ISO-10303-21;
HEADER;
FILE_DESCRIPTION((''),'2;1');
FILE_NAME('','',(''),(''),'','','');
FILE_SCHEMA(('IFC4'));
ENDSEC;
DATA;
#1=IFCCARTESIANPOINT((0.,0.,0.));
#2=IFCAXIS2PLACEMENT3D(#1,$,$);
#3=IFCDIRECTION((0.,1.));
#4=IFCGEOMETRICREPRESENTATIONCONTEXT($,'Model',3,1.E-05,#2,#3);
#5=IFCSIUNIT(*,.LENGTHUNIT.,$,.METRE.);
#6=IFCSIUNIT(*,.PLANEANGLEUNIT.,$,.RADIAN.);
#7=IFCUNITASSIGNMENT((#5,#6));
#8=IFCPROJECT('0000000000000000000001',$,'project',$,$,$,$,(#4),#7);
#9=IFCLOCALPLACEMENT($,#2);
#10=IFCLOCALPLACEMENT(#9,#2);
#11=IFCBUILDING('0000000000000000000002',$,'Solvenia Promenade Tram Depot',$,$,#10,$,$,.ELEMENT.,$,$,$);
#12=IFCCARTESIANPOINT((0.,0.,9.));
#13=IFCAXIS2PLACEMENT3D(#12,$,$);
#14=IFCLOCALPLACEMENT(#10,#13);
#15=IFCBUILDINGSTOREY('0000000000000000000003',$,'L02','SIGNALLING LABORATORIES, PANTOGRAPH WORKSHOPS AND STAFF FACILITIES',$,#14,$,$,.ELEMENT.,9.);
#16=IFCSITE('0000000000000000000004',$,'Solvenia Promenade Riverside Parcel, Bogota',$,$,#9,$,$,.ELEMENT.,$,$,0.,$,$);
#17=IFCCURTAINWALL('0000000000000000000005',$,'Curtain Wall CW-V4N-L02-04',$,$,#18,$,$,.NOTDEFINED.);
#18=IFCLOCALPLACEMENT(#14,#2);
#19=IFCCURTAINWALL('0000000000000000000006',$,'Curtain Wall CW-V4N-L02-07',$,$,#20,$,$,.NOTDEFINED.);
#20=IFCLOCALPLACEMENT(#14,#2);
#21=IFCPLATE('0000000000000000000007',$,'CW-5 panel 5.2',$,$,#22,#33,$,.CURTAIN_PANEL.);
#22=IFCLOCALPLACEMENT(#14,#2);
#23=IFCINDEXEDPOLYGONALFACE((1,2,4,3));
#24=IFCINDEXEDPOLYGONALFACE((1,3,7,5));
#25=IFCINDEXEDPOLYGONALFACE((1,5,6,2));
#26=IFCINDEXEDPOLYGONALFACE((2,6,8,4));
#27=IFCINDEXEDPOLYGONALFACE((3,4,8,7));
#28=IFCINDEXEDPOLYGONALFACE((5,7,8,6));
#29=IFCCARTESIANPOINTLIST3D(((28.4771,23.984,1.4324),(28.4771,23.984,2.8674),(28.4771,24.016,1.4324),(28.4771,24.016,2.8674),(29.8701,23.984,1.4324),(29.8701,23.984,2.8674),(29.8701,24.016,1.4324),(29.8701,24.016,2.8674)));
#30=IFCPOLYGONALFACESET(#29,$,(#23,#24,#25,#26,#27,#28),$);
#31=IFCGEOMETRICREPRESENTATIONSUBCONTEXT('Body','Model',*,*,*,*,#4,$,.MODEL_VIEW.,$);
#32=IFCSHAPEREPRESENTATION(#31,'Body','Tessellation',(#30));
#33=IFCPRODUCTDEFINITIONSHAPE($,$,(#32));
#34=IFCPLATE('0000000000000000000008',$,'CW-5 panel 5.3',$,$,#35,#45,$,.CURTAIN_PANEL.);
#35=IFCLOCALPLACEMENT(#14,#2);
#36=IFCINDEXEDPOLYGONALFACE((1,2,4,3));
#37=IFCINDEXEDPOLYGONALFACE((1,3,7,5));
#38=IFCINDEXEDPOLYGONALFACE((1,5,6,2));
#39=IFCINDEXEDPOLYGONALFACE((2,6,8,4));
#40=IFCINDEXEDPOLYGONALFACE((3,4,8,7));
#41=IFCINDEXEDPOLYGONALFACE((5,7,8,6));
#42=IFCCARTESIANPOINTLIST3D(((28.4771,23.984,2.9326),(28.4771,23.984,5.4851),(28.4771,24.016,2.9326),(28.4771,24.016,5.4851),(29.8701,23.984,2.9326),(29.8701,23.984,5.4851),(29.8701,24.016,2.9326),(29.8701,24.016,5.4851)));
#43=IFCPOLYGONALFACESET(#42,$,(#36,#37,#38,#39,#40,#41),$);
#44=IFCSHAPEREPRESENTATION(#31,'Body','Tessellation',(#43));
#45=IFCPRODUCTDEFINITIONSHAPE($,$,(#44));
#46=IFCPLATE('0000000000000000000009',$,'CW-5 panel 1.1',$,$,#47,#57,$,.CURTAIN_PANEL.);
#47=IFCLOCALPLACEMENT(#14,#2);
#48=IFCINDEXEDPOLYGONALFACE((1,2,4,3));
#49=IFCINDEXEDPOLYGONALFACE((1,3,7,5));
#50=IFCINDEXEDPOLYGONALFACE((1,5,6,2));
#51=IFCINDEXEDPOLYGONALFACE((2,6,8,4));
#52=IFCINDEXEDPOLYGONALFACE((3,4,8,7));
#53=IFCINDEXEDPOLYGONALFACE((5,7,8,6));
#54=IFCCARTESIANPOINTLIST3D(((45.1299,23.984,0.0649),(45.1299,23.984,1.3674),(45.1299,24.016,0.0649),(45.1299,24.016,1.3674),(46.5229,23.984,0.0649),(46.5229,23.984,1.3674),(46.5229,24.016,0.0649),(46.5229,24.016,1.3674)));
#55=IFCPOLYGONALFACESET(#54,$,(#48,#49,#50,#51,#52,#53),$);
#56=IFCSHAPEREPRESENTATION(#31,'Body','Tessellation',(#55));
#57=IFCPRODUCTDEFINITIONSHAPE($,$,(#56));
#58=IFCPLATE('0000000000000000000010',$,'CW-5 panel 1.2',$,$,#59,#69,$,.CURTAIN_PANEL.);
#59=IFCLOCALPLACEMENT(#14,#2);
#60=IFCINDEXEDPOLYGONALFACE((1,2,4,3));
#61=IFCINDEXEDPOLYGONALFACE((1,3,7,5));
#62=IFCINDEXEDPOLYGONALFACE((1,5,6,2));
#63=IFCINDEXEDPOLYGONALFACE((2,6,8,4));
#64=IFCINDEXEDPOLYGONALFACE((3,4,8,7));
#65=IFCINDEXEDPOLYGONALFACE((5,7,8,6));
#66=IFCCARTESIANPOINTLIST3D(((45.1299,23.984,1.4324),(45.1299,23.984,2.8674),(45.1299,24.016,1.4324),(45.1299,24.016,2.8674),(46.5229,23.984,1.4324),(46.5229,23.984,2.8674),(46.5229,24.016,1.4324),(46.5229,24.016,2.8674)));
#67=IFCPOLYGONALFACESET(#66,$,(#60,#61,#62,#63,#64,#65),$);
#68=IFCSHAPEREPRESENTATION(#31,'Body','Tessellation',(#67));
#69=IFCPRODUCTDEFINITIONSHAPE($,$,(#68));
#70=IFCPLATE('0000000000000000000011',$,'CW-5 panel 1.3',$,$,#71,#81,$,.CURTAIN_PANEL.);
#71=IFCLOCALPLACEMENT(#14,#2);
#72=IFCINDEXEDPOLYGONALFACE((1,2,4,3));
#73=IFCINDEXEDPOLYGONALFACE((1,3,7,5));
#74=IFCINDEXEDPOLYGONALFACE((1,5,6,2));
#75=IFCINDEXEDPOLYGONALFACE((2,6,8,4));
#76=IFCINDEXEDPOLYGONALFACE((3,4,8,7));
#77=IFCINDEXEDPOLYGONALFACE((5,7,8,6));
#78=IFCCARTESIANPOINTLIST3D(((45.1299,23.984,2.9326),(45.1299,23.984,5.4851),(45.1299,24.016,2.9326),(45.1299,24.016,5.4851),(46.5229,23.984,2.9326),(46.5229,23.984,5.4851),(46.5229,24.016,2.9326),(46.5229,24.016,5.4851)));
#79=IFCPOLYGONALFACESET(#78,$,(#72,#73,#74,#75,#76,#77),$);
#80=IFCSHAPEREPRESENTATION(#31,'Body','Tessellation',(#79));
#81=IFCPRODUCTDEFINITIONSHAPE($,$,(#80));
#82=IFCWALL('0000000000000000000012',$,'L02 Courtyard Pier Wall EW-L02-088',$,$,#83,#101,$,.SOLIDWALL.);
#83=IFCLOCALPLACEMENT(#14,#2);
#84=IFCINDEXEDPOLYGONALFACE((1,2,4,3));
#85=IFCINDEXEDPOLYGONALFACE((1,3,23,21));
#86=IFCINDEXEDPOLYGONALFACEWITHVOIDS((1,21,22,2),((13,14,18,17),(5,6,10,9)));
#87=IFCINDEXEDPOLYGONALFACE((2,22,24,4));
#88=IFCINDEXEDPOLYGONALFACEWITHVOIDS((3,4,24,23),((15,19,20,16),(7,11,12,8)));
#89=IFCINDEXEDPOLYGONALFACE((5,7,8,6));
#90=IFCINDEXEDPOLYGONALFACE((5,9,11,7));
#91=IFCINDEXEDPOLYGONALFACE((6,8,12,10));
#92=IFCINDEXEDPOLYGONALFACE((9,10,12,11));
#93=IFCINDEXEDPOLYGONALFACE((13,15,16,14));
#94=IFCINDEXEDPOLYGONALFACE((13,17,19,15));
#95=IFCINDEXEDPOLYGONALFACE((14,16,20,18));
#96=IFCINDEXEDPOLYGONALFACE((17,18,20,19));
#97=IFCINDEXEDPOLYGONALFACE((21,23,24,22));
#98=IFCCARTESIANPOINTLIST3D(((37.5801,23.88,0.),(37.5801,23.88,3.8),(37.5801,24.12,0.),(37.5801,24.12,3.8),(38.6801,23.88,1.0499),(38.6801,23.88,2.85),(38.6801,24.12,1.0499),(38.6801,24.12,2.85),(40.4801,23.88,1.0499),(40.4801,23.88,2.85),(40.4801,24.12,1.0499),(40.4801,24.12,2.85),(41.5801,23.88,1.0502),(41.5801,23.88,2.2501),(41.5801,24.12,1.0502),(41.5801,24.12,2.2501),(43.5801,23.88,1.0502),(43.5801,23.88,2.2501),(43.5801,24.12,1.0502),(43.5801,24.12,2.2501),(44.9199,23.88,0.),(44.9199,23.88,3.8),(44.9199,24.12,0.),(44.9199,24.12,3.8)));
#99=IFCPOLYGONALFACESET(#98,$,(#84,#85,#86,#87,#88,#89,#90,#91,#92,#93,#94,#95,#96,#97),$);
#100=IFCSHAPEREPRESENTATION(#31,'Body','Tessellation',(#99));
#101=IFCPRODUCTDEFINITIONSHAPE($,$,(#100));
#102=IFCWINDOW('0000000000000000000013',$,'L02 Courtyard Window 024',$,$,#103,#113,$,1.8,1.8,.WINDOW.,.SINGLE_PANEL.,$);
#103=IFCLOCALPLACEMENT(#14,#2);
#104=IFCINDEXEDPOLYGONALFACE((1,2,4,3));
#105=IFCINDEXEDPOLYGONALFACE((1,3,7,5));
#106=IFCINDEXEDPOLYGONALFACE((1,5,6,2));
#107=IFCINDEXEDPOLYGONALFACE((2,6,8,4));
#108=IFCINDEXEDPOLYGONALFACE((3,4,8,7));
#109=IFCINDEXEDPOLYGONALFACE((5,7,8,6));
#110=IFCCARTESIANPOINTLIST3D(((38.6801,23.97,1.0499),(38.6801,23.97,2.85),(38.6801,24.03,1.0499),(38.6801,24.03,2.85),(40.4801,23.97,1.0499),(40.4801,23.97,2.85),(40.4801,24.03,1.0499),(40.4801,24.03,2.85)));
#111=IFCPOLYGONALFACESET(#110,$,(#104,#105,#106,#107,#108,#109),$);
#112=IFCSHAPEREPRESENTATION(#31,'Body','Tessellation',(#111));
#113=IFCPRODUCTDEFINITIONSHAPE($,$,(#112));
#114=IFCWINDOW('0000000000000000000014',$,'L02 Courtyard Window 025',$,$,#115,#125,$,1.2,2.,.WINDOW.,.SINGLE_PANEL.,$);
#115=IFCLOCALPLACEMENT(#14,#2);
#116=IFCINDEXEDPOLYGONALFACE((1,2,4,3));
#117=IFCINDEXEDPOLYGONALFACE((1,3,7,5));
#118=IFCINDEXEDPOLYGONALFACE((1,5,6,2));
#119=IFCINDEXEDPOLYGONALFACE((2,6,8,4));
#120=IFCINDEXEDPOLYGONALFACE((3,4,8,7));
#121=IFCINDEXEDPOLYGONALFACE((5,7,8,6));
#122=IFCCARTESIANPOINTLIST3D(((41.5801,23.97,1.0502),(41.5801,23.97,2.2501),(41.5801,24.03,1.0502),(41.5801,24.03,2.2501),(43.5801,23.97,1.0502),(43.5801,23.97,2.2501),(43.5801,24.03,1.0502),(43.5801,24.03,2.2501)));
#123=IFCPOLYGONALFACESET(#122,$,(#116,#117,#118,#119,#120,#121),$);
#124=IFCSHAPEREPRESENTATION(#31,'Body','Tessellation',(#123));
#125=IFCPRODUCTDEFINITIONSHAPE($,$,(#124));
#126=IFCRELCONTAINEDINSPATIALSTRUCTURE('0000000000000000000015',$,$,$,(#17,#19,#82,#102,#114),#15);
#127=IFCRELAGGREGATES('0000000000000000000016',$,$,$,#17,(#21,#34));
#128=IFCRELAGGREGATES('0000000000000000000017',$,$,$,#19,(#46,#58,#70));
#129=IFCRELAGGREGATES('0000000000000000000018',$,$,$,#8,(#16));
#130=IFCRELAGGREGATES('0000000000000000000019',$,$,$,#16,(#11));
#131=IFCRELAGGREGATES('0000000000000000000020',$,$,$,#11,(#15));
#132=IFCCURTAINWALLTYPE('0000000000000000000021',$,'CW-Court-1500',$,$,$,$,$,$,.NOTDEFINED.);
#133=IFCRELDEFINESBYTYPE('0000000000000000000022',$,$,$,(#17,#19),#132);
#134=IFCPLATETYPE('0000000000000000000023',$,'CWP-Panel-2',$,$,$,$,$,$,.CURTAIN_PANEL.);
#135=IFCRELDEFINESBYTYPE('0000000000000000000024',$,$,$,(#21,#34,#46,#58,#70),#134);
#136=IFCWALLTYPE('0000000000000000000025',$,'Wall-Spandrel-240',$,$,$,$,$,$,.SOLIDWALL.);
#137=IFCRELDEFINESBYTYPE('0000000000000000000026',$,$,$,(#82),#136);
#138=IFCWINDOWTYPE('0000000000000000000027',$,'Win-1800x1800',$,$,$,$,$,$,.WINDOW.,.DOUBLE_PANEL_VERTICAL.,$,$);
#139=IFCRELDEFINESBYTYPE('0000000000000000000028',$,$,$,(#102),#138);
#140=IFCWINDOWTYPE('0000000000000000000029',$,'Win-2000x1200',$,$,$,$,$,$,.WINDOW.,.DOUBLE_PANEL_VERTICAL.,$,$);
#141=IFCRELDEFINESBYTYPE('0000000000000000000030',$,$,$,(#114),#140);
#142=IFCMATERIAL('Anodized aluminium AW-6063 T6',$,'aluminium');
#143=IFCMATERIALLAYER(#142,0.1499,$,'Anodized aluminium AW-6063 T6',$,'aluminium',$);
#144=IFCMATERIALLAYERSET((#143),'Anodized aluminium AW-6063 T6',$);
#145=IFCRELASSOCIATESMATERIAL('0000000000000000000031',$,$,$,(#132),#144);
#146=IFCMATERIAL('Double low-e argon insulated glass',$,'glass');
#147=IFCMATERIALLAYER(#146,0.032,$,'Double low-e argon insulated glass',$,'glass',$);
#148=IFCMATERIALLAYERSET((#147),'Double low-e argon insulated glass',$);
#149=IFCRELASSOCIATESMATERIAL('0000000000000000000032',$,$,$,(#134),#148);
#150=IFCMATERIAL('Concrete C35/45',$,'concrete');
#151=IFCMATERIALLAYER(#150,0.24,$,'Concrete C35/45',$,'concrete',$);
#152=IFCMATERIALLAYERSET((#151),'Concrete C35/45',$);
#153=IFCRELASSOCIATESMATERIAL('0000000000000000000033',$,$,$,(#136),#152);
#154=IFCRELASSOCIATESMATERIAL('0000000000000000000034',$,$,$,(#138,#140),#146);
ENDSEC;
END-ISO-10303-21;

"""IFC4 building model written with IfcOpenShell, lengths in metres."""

from ifc_helpers import new_model, si_unit, direction, frame, frame_2d, origin, origin_2d, place, context, subcontext, project, spatial, rectangle, extrude, material, layer, layer_set, type_object, element, fill, aggregate, save


model = new_model("IFC4")

# Units and contexts
model_context = context("Model", 3, precision=1e-05, world=origin(), true_north=direction((0.0, 1.0)))
body_context = subcontext(model_context, "Body", "Model", "MODEL_VIEW")
ifc_project = project(units=[si_unit("LENGTHUNIT", "METRE"), si_unit("PLANEANGLEUNIT", "RADIAN")], contexts=[model_context])

# Site, building, storey
site_placement = place(None, origin())
site = spatial("IfcSite", under=ifc_project, at=site_placement, Name="Solvenia Promenade Riverside Parcel, Bogota", CompositionType="ELEMENT", RefElevation=0.0)
building_placement = place(site_placement, origin())
building = spatial("IfcBuilding", under=site, at=building_placement, Name="Solvenia Promenade Tram Depot", CompositionType="ELEMENT")
storey_placement = place(building_placement, frame((0.0, 0.0, 9.0)))
storey = spatial("IfcBuildingStorey", under=building, at=storey_placement, Name="L02", Description="SIGNALLING LABORATORIES, PANTOGRAPH WORKSHOPS AND STAFF FACILITIES", CompositionType="ELEMENT", Elevation=9.0)

# Curtain walls
ifc_material_1 = material(Name="Anodized aluminium AW-6063 T6", Category="aluminium")
ifc_layer_1 = layer(ifc_material_1, 0.1499, Name="Anodized aluminium AW-6063 T6", Category="aluminium")
ifc_layer_set_1 = layer_set([ifc_layer_1], Name="Anodized aluminium AW-6063 T6")
curtain_wall_type = type_object("IfcCurtainWallType", Name="CW-Court-1500", PredefinedType="NOTDEFINED", material=ifc_layer_set_1)
curtain_wall_1_placement = place(storey_placement, origin())
curtain_wall_1 = element("IfcCurtainWall", 1, at=curtain_wall_1_placement, inside=storey, type_object=curtain_wall_type, Name="Curtain Wall CW-V4N-L02-04", PredefinedType="NOTDEFINED")
curtain_wall_2_placement = place(storey_placement, origin())
curtain_wall_2 = element("IfcCurtainWall", 2, at=curtain_wall_2_placement, inside=storey, type_object=curtain_wall_type, Name="Curtain Wall CW-V4N-L02-07", PredefinedType="NOTDEFINED")

# Plates
ifc_material_2 = material(Name="Double low-e argon insulated glass", Category="glass")
ifc_layer_2 = layer(ifc_material_2, 0.032, Name="Double low-e argon insulated glass", Category="glass")
ifc_layer_set_2 = layer_set([ifc_layer_2], Name="Double low-e argon insulated glass")
plate_type = type_object("IfcPlateType", Name="CWP-Panel-2", PredefinedType="CURTAIN_PANEL", material=ifc_layer_set_2)
plate_1_placement = place(storey_placement, frame((29.1736, 24.0, 1.4324), z_axis=(0.0, 0.0, 1.0), x_axis=(1.0, 0.0, 0.0)))
plate_1 = element("IfcPlate", 3, at=plate_1_placement, type_object=plate_type, Name="CW-5 panel 5.2", PredefinedType="CURTAIN_PANEL", context=body_context, shape_type="SweptSolid", body=[
    extrude(rectangle(XDim=1.3931, YDim=0.032, at=origin_2d()), origin(), (0.0, 0.0, 1.0), 1.4351),
])
plate_2_placement = place(storey_placement, frame((29.1736, 24.0, 2.9326), z_axis=(0.0, 0.0, 1.0), x_axis=(1.0, 0.0, 0.0)))
plate_2 = element("IfcPlate", 4, at=plate_2_placement, type_object=plate_type, Name="CW-5 panel 5.3", PredefinedType="CURTAIN_PANEL", context=body_context, shape_type="SweptSolid", body=[
    extrude(rectangle(XDim=1.3931, YDim=0.032, at=origin_2d()), origin(), (0.0, 0.0, 1.0), 2.5525),
])
aggregate(curtain_wall_1, [plate_1, plate_2])
plate_3_placement = place(storey_placement, frame((45.8264, 24.0, 0.0649), z_axis=(0.0, 0.0, 1.0), x_axis=(1.0, 0.0, 0.0)))
plate_3 = element("IfcPlate", 5, at=plate_3_placement, type_object=plate_type, Name="CW-5 panel 1.1", PredefinedType="CURTAIN_PANEL", context=body_context, shape_type="SweptSolid", body=[
    extrude(rectangle(XDim=1.3931, YDim=0.032, at=origin_2d()), origin(), (0.0, 0.0, 1.0), 1.3025),
])
plate_4_placement = place(storey_placement, frame((45.8264, 24.0, 1.4324), z_axis=(0.0, 0.0, 1.0), x_axis=(1.0, 0.0, 0.0)))
plate_4 = element("IfcPlate", 6, at=plate_4_placement, type_object=plate_type, Name="CW-5 panel 1.2", PredefinedType="CURTAIN_PANEL", context=body_context, shape_type="SweptSolid", body=[
    extrude(rectangle(XDim=1.3931, YDim=0.032, at=origin_2d()), origin(), (0.0, 0.0, 1.0), 1.4351),
])
plate_5_placement = place(storey_placement, frame((45.8264, 24.0, 2.9326), z_axis=(0.0, 0.0, 1.0), x_axis=(1.0, 0.0, 0.0)))
plate_5 = element("IfcPlate", 7, at=plate_5_placement, type_object=plate_type, Name="CW-5 panel 1.3", PredefinedType="CURTAIN_PANEL", context=body_context, shape_type="SweptSolid", body=[
    extrude(rectangle(XDim=1.3931, YDim=0.032, at=origin_2d()), origin(), (0.0, 0.0, 1.0), 2.5525),
])
aggregate(curtain_wall_2, [plate_3, plate_4, plate_5])

# Shared definitions
ifc_material_3 = material(Name="Concrete C35/45", Category="concrete")
ifc_layer_3 = layer(ifc_material_3, 0.24, Name="Concrete C35/45", Category="concrete")
ifc_layer_set_3 = layer_set([ifc_layer_3], Name="Concrete C35/45")
wall_type = type_object("IfcWallType", Name="Wall-Spandrel-240", PredefinedType="SOLIDWALL", material=ifc_layer_set_3)

# Wall, openings, windows
wall_1_placement = place(storey_placement, frame((37.5801, 24.0, 0.0), z_axis=(0.0, 0.0, 1.0), x_axis=(1.0, 0.0, 0.0)))
wall_1 = element("IfcWall", 8, at=wall_1_placement, inside=storey, type_object=wall_type, Name="L02 Courtyard Pier Wall EW-L02-088", PredefinedType="SOLIDWALL", context=body_context, shape_type="SweptSolid", body=[
    extrude(rectangle(XDim=7.3398, YDim=0.24, at=frame_2d((3.6699, 0.0))), origin(), (0.0, 0.0, 1.0), 3.8),
])
opening_1_placement = place(wall_1_placement, frame((1.1001, 0.0, 1.05)))
opening_1 = element("IfcOpeningElement", 9, at=opening_1_placement, cuts=wall_1, PredefinedType="OPENING", context=body_context, shape_type="SweptSolid", body=[
    extrude(rectangle(XDim=1.8, YDim=1.8, at=frame_2d((0.8999, 0.8999))), frame((0.0, 0.1299, 0.0), z_axis=(0.0, -1.0, 0.0), x_axis=(1.0, 0.0, 0.0)), (0.0, 0.0, 1.0), 0.26),
])
opening_2_placement = place(wall_1_placement, frame((4.0, 0.0, 1.05)))
opening_2 = element("IfcOpeningElement", 10, at=opening_2_placement, cuts=wall_1, PredefinedType="OPENING", context=body_context, shape_type="SweptSolid", body=[
    extrude(rectangle(XDim=2.0, YDim=1.2, at=frame_2d((1.0, 0.6001))), frame((0.0, 0.1299, 0.0), z_axis=(0.0, -1.0, 0.0), x_axis=(1.0, 0.0, 0.0)), (0.0, 0.0, 1.0), 0.26),
])
window_type_1 = type_object("IfcWindowType", Name="Win-1800x1800", PartitioningType="DOUBLE_PANEL_VERTICAL", PredefinedType="WINDOW", material=ifc_material_2)
window_1_placement = place(opening_1_placement, origin())
window_1 = element("IfcWindow", 11, at=window_1_placement, inside=storey, type_object=window_type_1, Name="L02 Courtyard Window 024", OverallHeight=1.8, OverallWidth=1.8, PartitioningType="SINGLE_PANEL", PredefinedType="WINDOW", context=body_context, shape_type="SweptSolid", body=[
    extrude(rectangle(XDim=1.8, YDim=1.8, at=frame_2d((0.8999, 0.8999))), frame((0.0, 0.03, 0.0), z_axis=(0.0, -1.0, 0.0), x_axis=(1.0, 0.0, 0.0)), (0.0, 0.0, 1.0), 0.0601),
])
fill(opening_1, window_1)
window_type_2 = type_object("IfcWindowType", Name="Win-2000x1200", PartitioningType="DOUBLE_PANEL_VERTICAL", PredefinedType="WINDOW", material=ifc_material_2)
window_2_placement = place(opening_2_placement, origin())
window_2 = element("IfcWindow", 12, at=window_2_placement, inside=storey, type_object=window_type_2, Name="L02 Courtyard Window 025", OverallHeight=1.2, OverallWidth=2.0, PartitioningType="SINGLE_PANEL", PredefinedType="WINDOW", context=body_context, shape_type="SweptSolid", body=[
    extrude(rectangle(XDim=2.0, YDim=1.2, at=frame_2d((1.0, 0.6001))), frame((0.0, 0.03, 0.0), z_axis=(0.0, -1.0, 0.0), x_axis=(1.0, 0.0, 0.0)), (0.0, 0.0, 1.0), 0.0601),
])
fill(opening_2, window_2)

save(model, "model.ifc")
